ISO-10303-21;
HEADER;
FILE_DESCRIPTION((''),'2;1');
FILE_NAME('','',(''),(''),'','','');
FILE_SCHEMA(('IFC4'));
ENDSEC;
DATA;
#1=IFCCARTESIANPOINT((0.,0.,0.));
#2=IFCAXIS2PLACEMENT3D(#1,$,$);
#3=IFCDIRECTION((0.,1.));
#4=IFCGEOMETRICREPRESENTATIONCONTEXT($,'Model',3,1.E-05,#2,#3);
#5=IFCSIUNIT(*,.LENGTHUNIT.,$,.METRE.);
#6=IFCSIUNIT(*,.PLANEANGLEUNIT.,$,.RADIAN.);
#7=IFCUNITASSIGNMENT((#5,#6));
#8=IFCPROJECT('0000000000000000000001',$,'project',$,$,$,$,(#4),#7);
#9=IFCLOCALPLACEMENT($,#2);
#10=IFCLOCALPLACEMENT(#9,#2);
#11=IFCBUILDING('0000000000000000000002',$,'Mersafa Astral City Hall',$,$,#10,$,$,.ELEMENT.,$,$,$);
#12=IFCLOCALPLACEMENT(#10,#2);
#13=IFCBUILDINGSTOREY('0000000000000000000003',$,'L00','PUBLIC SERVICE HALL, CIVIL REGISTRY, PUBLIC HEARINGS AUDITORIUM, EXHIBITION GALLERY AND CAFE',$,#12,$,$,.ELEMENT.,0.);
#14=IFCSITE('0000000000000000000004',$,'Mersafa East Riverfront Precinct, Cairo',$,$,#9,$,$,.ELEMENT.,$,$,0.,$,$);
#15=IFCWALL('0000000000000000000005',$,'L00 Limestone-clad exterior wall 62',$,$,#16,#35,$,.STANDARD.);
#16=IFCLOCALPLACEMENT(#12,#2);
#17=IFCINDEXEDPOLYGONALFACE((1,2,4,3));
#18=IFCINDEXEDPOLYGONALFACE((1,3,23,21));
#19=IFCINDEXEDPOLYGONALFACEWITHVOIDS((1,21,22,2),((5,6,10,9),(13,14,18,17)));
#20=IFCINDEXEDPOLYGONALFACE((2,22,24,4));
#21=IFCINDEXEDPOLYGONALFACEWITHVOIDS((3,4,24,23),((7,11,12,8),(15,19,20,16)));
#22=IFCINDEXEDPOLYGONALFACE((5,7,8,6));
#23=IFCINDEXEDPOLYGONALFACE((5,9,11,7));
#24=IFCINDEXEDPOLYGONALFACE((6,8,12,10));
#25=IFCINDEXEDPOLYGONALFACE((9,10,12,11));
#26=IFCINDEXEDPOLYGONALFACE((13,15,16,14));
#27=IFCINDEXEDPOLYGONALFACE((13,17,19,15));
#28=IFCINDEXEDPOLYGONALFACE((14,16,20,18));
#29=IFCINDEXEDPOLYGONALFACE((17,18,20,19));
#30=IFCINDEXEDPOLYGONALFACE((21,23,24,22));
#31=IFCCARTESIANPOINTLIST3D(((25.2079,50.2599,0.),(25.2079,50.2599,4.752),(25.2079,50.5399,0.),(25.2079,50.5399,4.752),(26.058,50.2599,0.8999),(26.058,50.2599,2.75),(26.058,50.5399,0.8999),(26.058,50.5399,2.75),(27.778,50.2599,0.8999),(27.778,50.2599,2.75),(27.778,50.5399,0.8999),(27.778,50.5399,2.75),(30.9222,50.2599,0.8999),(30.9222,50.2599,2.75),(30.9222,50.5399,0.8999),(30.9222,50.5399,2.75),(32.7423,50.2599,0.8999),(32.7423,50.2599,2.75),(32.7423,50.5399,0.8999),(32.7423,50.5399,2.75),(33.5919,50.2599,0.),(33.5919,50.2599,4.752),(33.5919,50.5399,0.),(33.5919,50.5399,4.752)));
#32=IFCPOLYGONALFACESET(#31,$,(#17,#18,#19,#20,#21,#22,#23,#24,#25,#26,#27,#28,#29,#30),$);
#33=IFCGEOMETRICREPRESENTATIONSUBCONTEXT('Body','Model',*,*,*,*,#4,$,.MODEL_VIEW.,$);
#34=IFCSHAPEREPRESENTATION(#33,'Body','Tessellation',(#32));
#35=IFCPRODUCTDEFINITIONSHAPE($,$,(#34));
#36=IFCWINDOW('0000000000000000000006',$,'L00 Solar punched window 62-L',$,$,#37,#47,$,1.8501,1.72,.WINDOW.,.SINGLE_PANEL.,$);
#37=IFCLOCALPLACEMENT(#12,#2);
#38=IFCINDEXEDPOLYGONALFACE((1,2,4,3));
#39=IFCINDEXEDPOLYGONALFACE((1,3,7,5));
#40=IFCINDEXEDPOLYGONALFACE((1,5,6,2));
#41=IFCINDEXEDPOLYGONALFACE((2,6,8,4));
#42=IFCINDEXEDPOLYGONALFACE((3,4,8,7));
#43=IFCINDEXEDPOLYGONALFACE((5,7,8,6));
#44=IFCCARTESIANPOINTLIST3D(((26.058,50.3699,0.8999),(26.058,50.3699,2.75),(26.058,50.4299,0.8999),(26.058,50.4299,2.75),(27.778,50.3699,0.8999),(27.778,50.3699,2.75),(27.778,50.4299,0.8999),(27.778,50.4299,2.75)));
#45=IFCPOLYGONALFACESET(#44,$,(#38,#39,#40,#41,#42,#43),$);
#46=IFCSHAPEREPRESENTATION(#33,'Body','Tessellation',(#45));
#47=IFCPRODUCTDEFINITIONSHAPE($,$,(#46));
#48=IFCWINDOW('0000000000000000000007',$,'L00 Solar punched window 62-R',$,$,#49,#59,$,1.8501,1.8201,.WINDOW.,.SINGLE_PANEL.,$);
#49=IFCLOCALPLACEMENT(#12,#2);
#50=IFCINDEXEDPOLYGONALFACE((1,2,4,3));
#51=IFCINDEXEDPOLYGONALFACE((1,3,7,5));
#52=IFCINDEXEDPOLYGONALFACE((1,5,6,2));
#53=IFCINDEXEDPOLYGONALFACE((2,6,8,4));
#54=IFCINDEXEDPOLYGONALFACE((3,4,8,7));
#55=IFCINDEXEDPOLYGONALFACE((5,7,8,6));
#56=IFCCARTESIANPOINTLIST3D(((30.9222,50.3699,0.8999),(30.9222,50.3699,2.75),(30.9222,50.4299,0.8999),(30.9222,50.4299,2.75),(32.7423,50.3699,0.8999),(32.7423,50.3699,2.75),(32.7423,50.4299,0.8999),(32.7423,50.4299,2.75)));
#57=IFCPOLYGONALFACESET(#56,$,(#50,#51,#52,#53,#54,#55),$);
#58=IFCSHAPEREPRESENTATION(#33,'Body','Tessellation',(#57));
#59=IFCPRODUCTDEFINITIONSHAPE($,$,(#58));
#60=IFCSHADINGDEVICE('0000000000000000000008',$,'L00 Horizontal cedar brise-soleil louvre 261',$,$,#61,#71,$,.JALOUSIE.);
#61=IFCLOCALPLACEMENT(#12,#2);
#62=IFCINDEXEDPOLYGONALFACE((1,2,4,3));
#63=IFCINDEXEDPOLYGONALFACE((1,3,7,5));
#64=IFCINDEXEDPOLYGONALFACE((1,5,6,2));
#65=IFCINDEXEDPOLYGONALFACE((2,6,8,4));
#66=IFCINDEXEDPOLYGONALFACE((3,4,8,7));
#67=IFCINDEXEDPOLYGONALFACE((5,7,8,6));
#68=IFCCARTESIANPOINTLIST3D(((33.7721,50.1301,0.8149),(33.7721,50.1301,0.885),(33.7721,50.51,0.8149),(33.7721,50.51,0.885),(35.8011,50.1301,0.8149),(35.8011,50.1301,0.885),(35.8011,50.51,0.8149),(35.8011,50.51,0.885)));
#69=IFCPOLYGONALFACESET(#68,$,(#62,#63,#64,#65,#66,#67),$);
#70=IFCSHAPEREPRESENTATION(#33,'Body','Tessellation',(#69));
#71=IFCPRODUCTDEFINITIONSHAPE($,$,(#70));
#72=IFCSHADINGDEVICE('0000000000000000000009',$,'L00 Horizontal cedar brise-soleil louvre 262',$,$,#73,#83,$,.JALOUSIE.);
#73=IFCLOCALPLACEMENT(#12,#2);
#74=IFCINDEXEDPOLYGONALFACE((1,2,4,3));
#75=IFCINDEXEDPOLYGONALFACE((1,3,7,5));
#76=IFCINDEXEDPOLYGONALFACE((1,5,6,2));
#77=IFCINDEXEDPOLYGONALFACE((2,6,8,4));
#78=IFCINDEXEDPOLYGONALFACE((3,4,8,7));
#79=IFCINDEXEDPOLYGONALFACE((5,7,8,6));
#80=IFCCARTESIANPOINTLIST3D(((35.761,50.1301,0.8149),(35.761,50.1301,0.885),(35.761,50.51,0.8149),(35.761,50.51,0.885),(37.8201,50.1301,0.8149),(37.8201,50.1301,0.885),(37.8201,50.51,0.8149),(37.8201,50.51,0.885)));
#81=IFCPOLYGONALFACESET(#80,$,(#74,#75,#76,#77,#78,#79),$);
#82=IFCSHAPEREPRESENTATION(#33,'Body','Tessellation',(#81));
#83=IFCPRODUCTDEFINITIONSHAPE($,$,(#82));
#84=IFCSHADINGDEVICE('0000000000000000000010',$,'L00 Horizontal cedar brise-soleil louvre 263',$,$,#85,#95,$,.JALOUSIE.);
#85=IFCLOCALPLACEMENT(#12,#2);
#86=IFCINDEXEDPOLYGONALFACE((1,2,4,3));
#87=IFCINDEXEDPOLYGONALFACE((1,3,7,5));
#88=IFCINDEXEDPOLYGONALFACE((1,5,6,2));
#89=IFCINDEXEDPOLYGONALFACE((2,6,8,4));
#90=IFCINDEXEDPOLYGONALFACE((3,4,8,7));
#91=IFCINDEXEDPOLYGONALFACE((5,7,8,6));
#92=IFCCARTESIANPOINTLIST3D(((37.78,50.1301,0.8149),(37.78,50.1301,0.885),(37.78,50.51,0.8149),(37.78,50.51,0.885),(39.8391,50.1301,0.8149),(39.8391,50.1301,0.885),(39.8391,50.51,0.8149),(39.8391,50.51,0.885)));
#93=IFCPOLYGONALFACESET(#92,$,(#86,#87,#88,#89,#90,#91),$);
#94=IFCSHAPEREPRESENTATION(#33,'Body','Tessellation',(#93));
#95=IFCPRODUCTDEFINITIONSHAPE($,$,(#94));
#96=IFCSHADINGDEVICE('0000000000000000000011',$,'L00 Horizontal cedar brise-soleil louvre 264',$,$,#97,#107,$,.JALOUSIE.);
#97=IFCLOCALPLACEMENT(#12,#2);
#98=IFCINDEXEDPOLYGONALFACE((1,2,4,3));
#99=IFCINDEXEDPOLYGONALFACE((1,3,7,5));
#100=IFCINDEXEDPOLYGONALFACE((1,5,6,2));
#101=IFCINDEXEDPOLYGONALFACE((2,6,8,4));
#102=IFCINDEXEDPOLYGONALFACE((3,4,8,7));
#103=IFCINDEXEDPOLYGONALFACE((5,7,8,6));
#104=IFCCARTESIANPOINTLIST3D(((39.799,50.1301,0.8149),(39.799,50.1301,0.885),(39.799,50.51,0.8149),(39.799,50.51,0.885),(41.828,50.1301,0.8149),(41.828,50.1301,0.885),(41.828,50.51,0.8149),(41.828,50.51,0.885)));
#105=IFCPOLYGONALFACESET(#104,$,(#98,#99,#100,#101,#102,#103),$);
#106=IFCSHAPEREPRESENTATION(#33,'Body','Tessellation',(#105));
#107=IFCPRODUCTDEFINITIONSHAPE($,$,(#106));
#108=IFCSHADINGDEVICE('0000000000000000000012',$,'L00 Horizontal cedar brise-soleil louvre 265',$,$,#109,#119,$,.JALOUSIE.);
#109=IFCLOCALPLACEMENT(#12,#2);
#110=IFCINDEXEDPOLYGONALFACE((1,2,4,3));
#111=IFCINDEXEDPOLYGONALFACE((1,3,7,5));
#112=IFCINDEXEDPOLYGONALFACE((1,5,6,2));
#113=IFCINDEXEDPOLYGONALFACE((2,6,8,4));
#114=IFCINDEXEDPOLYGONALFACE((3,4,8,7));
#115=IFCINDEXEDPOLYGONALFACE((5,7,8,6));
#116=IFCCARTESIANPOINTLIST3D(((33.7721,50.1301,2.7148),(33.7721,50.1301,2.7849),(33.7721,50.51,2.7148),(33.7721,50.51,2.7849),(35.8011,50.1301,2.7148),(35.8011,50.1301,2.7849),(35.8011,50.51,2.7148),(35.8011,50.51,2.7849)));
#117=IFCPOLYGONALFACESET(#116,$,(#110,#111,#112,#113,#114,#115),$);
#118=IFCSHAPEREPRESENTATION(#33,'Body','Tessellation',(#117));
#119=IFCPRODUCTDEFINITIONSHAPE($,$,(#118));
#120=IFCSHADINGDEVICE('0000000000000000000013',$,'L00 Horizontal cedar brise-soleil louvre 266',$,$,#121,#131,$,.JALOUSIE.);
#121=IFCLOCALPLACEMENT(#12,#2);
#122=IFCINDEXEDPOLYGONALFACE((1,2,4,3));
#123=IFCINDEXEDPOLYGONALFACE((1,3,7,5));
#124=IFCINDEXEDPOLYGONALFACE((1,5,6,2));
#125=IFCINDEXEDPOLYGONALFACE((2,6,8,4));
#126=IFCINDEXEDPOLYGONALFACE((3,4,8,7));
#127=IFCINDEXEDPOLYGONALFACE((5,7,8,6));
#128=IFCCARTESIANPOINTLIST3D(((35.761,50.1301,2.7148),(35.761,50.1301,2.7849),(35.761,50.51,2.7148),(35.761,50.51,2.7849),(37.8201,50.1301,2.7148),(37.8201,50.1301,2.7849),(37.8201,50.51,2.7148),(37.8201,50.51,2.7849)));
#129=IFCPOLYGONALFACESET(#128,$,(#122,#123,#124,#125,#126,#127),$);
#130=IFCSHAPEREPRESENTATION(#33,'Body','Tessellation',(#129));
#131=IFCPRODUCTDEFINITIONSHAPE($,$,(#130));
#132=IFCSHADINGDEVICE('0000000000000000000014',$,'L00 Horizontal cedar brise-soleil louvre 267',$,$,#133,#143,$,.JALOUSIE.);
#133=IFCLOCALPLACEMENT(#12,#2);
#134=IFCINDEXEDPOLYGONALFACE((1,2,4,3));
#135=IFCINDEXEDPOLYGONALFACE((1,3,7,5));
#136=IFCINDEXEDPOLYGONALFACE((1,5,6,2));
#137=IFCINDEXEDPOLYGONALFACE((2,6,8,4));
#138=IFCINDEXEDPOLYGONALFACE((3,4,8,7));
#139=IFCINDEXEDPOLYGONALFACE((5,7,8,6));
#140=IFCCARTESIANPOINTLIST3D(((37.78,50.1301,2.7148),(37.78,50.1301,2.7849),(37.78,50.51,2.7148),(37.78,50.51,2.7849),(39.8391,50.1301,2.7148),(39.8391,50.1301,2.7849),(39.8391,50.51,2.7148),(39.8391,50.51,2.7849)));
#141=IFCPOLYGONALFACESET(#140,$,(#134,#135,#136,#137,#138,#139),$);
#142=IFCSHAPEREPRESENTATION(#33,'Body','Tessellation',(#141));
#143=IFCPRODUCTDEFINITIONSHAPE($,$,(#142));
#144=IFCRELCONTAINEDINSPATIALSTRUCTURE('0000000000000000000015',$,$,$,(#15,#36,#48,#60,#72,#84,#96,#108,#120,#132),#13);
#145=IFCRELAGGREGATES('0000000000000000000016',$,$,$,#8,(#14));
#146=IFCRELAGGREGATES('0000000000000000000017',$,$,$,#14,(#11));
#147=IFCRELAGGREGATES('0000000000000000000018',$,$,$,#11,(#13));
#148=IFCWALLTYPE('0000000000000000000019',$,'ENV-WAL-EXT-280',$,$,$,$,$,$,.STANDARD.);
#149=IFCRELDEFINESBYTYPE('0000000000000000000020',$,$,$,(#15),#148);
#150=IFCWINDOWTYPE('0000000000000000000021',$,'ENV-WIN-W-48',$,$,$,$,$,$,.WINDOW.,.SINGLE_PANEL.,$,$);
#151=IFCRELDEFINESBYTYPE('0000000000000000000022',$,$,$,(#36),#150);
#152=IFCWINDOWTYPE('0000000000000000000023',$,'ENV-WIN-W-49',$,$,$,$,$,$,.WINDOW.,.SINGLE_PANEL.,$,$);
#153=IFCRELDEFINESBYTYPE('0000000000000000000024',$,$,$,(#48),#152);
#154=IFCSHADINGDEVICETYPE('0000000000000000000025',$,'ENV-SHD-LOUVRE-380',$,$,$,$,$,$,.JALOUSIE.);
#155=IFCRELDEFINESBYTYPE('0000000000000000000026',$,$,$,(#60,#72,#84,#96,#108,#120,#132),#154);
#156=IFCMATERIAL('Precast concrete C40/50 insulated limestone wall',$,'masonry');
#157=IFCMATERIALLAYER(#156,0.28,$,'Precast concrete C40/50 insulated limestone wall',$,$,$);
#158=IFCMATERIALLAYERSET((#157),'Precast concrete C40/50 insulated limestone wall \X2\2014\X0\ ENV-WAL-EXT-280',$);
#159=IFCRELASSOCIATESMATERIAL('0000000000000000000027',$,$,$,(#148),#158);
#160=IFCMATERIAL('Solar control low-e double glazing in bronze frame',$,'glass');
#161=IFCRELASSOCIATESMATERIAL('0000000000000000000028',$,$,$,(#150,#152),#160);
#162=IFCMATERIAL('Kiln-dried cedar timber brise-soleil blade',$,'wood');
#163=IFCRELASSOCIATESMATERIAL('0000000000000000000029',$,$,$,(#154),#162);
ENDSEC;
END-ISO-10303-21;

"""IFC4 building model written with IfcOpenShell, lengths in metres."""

from ifc_helpers import new_model, si_unit, direction, frame, frame_2d, origin, origin_2d, place, context, subcontext, project, spatial, rectangle, extrude, material, layer, layer_set, type_object, element, fill, save


model = new_model("IFC4")

# Units and contexts
model_context = context("Model", 3, precision=1e-05, world=origin(), true_north=direction((0.0, 1.0)))
body_context = subcontext(model_context, "Body", "Model", "MODEL_VIEW")
ifc_project = project(units=[si_unit("LENGTHUNIT", "METRE"), si_unit("PLANEANGLEUNIT", "RADIAN")], contexts=[model_context])

# Site, building, storey
site_placement = place(None, origin())
site = spatial("IfcSite", under=ifc_project, at=site_placement, Name="Mersafa East Riverfront Precinct, Cairo", CompositionType="ELEMENT", RefElevation=0.0)
building_placement = place(site_placement, origin())
building = spatial("IfcBuilding", under=site, at=building_placement, Name="Mersafa Astral City Hall", CompositionType="ELEMENT")
storey_placement = place(building_placement, origin())
storey = spatial("IfcBuildingStorey", under=building, at=storey_placement, Name="L00", Description="PUBLIC SERVICE HALL, CIVIL REGISTRY, PUBLIC HEARINGS AUDITORIUM, EXHIBITION GALLERY AND CAFE", CompositionType="ELEMENT", Elevation=0.0)

# Wall, openings, windows
ifc_material_1 = material(Name="Precast concrete C40/50 insulated limestone wall", Category="masonry")
ifc_layer_1 = layer(ifc_material_1, 0.28, Name="Precast concrete C40/50 insulated limestone wall")
ifc_layer_set_1 = layer_set([ifc_layer_1], Name="Precast concrete C40/50 insulated limestone wall — ENV-WAL-EXT-280")
wall_type = type_object("IfcWallType", Name="ENV-WAL-EXT-280", PredefinedType="STANDARD", material=ifc_layer_set_1)
wall_placement = place(storey_placement, frame((25.208, 50.3999, 0.0), z_axis=(0.0, 0.0, 1.0), x_axis=(1.0, 0.0, 0.0)))
wall = element("IfcWall", 1, at=wall_placement, inside=storey, type_object=wall_type, Name="L00 Limestone-clad exterior wall 62", PredefinedType="STANDARD", context=body_context, shape_type="SweptSolid", body=[
    extrude(rectangle(XDim=8.384, YDim=0.28, at=frame_2d((4.1919, 0.0))), origin(), (0.0, 0.0, 1.0), 4.752),
])
opening_1_placement = place(wall_placement, frame((0.8501, 0.0, 0.8999)))
opening_1 = element("IfcOpeningElement", 2, at=opening_1_placement, cuts=wall, PredefinedType="OPENING", context=body_context, shape_type="SweptSolid", body=[
    extrude(rectangle(XDim=1.72, YDim=1.8501, at=frame_2d((0.8599, 0.925))), frame((0.0, 0.1499, 0.0), z_axis=(0.0, -1.0, 0.0), x_axis=(1.0, 0.0, 0.0)), (0.0, 0.0, 1.0), 0.3),
])
opening_2_placement = place(wall_placement, frame((5.7141, 0.0, 0.8999)))
opening_2 = element("IfcOpeningElement", 3, at=opening_2_placement, cuts=wall, PredefinedType="OPENING", context=body_context, shape_type="SweptSolid", body=[
    extrude(rectangle(XDim=1.8201, YDim=1.8501, at=frame_2d((0.9102, 0.925))), frame((0.0, 0.1499, 0.0), z_axis=(0.0, -1.0, 0.0), x_axis=(1.0, 0.0, 0.0)), (0.0, 0.0, 1.0), 0.3),
])
ifc_material_2 = material(Name="Solar control low-e double glazing in bronze frame", Category="glass")
window_type_1 = type_object("IfcWindowType", Name="ENV-WIN-W-48", PartitioningType="SINGLE_PANEL", PredefinedType="WINDOW", material=ifc_material_2)
window_1_placement = place(opening_1_placement, origin())
window_1 = element("IfcWindow", 4, at=window_1_placement, inside=storey, type_object=window_type_1, Name="L00 Solar punched window 62-L", OverallHeight=1.8501, OverallWidth=1.72, PartitioningType="SINGLE_PANEL", PredefinedType="WINDOW", context=body_context, shape_type="SweptSolid", body=[
    extrude(rectangle(XDim=1.72, YDim=1.8501, at=frame_2d((0.8599, 0.925))), frame((0.0, 0.03, 0.0), z_axis=(0.0, -1.0, 0.0), x_axis=(1.0, 0.0, 0.0)), (0.0, 0.0, 1.0), 0.0601),
])
fill(opening_1, window_1)
window_type_2 = type_object("IfcWindowType", Name="ENV-WIN-W-49", PartitioningType="SINGLE_PANEL", PredefinedType="WINDOW", material=ifc_material_2)
window_2_placement = place(opening_2_placement, origin())
window_2 = element("IfcWindow", 5, at=window_2_placement, inside=storey, type_object=window_type_2, Name="L00 Solar punched window 62-R", OverallHeight=1.8501, OverallWidth=1.8201, PartitioningType="SINGLE_PANEL", PredefinedType="WINDOW", context=body_context, shape_type="SweptSolid", body=[
    extrude(rectangle(XDim=1.8201, YDim=1.8501, at=frame_2d((0.9102, 0.925))), frame((0.0, 0.03, 0.0), z_axis=(0.0, -1.0, 0.0), x_axis=(1.0, 0.0, 0.0)), (0.0, 0.0, 1.0), 0.0601),
])
fill(opening_2, window_2)

# Shading devices
ifc_material_3 = material(Name="Kiln-dried cedar timber brise-soleil blade", Category="wood")
shading_device_type = type_object("IfcShadingDeviceType", Name="ENV-SHD-LOUVRE-380", PredefinedType="JALOUSIE", material=ifc_material_3)
shading_device_placement = place(storey_placement, frame((34.7866, 50.3201, 0.8149), z_axis=(0.0, 0.0, 1.0), x_axis=(1.0, 0.0, 0.0)))
element("IfcShadingDevice", 6, at=shading_device_placement, inside=storey, type_object=shading_device_type, Name="L00 Horizontal cedar brise-soleil louvre 261", PredefinedType="JALOUSIE", context=body_context, shape_type="SweptSolid", body=[
    extrude(rectangle(XDim=2.0291, YDim=0.3799, at=origin_2d()), origin(), (0.0, 0.0, 1.0), 0.0701),
])
for number, where, z_axis, x_axis, name in (
    (7, (36.7905, 50.3201, 0.8149), (0.0, 0.0, 1.0), (1.0, 0.0, 0.0), "L00 Horizontal cedar brise-soleil louvre 262"),
    (8, (38.8096, 50.3201, 0.8149), (0.0, 0.0, 1.0), (1.0, 0.0, 0.0), "L00 Horizontal cedar brise-soleil louvre 263"),
):
    element("IfcShadingDevice", number, at=place(storey_placement, frame(where, z_axis=z_axis, x_axis=x_axis)), inside=storey, type_object=shading_device_type, Name=name, PredefinedType="JALOUSIE", context=body_context, shape_type="SweptSolid", body=[
        extrude(rectangle(XDim=2.0591, YDim=0.3799, at=origin_2d()), origin(), (0.0, 0.0, 1.0), 0.0701),
    ])
for number, where, z_axis, x_axis, name in (
    (9, (40.8135, 50.3201, 0.8149), (0.0, 0.0, 1.0), (1.0, 0.0, 0.0), "L00 Horizontal cedar brise-soleil louvre 264"),
    (10, (34.7866, 50.3201, 2.7148), (0.0, 0.0, 1.0), (1.0, 0.0, 0.0), "L00 Horizontal cedar brise-soleil louvre 265"),
):
    element("IfcShadingDevice", number, at=place(storey_placement, frame(where, z_axis=z_axis, x_axis=x_axis)), inside=storey, type_object=shading_device_type, Name=name, PredefinedType="JALOUSIE", context=body_context, shape_type="SweptSolid", body=[
        extrude(rectangle(XDim=2.0291, YDim=0.3799, at=origin_2d()), origin(), (0.0, 0.0, 1.0), 0.0701),
    ])
for number, where, z_axis, x_axis, name in (
    (11, (36.7905, 50.3201, 2.7148), (0.0, 0.0, 1.0), (1.0, 0.0, 0.0), "L00 Horizontal cedar brise-soleil louvre 266"),
    (12, (38.8096, 50.3201, 2.7148), (0.0, 0.0, 1.0), (1.0, 0.0, 0.0), "L00 Horizontal cedar brise-soleil louvre 267"),
):
    element("IfcShadingDevice", number, at=place(storey_placement, frame(where, z_axis=z_axis, x_axis=x_axis)), inside=storey, type_object=shading_device_type, Name=name, PredefinedType="JALOUSIE", context=body_context, shape_type="SweptSolid", body=[
        extrude(rectangle(XDim=2.0591, YDim=0.3799, at=origin_2d()), origin(), (0.0, 0.0, 1.0), 0.0701),
    ])

save(model, "model.ifc")
